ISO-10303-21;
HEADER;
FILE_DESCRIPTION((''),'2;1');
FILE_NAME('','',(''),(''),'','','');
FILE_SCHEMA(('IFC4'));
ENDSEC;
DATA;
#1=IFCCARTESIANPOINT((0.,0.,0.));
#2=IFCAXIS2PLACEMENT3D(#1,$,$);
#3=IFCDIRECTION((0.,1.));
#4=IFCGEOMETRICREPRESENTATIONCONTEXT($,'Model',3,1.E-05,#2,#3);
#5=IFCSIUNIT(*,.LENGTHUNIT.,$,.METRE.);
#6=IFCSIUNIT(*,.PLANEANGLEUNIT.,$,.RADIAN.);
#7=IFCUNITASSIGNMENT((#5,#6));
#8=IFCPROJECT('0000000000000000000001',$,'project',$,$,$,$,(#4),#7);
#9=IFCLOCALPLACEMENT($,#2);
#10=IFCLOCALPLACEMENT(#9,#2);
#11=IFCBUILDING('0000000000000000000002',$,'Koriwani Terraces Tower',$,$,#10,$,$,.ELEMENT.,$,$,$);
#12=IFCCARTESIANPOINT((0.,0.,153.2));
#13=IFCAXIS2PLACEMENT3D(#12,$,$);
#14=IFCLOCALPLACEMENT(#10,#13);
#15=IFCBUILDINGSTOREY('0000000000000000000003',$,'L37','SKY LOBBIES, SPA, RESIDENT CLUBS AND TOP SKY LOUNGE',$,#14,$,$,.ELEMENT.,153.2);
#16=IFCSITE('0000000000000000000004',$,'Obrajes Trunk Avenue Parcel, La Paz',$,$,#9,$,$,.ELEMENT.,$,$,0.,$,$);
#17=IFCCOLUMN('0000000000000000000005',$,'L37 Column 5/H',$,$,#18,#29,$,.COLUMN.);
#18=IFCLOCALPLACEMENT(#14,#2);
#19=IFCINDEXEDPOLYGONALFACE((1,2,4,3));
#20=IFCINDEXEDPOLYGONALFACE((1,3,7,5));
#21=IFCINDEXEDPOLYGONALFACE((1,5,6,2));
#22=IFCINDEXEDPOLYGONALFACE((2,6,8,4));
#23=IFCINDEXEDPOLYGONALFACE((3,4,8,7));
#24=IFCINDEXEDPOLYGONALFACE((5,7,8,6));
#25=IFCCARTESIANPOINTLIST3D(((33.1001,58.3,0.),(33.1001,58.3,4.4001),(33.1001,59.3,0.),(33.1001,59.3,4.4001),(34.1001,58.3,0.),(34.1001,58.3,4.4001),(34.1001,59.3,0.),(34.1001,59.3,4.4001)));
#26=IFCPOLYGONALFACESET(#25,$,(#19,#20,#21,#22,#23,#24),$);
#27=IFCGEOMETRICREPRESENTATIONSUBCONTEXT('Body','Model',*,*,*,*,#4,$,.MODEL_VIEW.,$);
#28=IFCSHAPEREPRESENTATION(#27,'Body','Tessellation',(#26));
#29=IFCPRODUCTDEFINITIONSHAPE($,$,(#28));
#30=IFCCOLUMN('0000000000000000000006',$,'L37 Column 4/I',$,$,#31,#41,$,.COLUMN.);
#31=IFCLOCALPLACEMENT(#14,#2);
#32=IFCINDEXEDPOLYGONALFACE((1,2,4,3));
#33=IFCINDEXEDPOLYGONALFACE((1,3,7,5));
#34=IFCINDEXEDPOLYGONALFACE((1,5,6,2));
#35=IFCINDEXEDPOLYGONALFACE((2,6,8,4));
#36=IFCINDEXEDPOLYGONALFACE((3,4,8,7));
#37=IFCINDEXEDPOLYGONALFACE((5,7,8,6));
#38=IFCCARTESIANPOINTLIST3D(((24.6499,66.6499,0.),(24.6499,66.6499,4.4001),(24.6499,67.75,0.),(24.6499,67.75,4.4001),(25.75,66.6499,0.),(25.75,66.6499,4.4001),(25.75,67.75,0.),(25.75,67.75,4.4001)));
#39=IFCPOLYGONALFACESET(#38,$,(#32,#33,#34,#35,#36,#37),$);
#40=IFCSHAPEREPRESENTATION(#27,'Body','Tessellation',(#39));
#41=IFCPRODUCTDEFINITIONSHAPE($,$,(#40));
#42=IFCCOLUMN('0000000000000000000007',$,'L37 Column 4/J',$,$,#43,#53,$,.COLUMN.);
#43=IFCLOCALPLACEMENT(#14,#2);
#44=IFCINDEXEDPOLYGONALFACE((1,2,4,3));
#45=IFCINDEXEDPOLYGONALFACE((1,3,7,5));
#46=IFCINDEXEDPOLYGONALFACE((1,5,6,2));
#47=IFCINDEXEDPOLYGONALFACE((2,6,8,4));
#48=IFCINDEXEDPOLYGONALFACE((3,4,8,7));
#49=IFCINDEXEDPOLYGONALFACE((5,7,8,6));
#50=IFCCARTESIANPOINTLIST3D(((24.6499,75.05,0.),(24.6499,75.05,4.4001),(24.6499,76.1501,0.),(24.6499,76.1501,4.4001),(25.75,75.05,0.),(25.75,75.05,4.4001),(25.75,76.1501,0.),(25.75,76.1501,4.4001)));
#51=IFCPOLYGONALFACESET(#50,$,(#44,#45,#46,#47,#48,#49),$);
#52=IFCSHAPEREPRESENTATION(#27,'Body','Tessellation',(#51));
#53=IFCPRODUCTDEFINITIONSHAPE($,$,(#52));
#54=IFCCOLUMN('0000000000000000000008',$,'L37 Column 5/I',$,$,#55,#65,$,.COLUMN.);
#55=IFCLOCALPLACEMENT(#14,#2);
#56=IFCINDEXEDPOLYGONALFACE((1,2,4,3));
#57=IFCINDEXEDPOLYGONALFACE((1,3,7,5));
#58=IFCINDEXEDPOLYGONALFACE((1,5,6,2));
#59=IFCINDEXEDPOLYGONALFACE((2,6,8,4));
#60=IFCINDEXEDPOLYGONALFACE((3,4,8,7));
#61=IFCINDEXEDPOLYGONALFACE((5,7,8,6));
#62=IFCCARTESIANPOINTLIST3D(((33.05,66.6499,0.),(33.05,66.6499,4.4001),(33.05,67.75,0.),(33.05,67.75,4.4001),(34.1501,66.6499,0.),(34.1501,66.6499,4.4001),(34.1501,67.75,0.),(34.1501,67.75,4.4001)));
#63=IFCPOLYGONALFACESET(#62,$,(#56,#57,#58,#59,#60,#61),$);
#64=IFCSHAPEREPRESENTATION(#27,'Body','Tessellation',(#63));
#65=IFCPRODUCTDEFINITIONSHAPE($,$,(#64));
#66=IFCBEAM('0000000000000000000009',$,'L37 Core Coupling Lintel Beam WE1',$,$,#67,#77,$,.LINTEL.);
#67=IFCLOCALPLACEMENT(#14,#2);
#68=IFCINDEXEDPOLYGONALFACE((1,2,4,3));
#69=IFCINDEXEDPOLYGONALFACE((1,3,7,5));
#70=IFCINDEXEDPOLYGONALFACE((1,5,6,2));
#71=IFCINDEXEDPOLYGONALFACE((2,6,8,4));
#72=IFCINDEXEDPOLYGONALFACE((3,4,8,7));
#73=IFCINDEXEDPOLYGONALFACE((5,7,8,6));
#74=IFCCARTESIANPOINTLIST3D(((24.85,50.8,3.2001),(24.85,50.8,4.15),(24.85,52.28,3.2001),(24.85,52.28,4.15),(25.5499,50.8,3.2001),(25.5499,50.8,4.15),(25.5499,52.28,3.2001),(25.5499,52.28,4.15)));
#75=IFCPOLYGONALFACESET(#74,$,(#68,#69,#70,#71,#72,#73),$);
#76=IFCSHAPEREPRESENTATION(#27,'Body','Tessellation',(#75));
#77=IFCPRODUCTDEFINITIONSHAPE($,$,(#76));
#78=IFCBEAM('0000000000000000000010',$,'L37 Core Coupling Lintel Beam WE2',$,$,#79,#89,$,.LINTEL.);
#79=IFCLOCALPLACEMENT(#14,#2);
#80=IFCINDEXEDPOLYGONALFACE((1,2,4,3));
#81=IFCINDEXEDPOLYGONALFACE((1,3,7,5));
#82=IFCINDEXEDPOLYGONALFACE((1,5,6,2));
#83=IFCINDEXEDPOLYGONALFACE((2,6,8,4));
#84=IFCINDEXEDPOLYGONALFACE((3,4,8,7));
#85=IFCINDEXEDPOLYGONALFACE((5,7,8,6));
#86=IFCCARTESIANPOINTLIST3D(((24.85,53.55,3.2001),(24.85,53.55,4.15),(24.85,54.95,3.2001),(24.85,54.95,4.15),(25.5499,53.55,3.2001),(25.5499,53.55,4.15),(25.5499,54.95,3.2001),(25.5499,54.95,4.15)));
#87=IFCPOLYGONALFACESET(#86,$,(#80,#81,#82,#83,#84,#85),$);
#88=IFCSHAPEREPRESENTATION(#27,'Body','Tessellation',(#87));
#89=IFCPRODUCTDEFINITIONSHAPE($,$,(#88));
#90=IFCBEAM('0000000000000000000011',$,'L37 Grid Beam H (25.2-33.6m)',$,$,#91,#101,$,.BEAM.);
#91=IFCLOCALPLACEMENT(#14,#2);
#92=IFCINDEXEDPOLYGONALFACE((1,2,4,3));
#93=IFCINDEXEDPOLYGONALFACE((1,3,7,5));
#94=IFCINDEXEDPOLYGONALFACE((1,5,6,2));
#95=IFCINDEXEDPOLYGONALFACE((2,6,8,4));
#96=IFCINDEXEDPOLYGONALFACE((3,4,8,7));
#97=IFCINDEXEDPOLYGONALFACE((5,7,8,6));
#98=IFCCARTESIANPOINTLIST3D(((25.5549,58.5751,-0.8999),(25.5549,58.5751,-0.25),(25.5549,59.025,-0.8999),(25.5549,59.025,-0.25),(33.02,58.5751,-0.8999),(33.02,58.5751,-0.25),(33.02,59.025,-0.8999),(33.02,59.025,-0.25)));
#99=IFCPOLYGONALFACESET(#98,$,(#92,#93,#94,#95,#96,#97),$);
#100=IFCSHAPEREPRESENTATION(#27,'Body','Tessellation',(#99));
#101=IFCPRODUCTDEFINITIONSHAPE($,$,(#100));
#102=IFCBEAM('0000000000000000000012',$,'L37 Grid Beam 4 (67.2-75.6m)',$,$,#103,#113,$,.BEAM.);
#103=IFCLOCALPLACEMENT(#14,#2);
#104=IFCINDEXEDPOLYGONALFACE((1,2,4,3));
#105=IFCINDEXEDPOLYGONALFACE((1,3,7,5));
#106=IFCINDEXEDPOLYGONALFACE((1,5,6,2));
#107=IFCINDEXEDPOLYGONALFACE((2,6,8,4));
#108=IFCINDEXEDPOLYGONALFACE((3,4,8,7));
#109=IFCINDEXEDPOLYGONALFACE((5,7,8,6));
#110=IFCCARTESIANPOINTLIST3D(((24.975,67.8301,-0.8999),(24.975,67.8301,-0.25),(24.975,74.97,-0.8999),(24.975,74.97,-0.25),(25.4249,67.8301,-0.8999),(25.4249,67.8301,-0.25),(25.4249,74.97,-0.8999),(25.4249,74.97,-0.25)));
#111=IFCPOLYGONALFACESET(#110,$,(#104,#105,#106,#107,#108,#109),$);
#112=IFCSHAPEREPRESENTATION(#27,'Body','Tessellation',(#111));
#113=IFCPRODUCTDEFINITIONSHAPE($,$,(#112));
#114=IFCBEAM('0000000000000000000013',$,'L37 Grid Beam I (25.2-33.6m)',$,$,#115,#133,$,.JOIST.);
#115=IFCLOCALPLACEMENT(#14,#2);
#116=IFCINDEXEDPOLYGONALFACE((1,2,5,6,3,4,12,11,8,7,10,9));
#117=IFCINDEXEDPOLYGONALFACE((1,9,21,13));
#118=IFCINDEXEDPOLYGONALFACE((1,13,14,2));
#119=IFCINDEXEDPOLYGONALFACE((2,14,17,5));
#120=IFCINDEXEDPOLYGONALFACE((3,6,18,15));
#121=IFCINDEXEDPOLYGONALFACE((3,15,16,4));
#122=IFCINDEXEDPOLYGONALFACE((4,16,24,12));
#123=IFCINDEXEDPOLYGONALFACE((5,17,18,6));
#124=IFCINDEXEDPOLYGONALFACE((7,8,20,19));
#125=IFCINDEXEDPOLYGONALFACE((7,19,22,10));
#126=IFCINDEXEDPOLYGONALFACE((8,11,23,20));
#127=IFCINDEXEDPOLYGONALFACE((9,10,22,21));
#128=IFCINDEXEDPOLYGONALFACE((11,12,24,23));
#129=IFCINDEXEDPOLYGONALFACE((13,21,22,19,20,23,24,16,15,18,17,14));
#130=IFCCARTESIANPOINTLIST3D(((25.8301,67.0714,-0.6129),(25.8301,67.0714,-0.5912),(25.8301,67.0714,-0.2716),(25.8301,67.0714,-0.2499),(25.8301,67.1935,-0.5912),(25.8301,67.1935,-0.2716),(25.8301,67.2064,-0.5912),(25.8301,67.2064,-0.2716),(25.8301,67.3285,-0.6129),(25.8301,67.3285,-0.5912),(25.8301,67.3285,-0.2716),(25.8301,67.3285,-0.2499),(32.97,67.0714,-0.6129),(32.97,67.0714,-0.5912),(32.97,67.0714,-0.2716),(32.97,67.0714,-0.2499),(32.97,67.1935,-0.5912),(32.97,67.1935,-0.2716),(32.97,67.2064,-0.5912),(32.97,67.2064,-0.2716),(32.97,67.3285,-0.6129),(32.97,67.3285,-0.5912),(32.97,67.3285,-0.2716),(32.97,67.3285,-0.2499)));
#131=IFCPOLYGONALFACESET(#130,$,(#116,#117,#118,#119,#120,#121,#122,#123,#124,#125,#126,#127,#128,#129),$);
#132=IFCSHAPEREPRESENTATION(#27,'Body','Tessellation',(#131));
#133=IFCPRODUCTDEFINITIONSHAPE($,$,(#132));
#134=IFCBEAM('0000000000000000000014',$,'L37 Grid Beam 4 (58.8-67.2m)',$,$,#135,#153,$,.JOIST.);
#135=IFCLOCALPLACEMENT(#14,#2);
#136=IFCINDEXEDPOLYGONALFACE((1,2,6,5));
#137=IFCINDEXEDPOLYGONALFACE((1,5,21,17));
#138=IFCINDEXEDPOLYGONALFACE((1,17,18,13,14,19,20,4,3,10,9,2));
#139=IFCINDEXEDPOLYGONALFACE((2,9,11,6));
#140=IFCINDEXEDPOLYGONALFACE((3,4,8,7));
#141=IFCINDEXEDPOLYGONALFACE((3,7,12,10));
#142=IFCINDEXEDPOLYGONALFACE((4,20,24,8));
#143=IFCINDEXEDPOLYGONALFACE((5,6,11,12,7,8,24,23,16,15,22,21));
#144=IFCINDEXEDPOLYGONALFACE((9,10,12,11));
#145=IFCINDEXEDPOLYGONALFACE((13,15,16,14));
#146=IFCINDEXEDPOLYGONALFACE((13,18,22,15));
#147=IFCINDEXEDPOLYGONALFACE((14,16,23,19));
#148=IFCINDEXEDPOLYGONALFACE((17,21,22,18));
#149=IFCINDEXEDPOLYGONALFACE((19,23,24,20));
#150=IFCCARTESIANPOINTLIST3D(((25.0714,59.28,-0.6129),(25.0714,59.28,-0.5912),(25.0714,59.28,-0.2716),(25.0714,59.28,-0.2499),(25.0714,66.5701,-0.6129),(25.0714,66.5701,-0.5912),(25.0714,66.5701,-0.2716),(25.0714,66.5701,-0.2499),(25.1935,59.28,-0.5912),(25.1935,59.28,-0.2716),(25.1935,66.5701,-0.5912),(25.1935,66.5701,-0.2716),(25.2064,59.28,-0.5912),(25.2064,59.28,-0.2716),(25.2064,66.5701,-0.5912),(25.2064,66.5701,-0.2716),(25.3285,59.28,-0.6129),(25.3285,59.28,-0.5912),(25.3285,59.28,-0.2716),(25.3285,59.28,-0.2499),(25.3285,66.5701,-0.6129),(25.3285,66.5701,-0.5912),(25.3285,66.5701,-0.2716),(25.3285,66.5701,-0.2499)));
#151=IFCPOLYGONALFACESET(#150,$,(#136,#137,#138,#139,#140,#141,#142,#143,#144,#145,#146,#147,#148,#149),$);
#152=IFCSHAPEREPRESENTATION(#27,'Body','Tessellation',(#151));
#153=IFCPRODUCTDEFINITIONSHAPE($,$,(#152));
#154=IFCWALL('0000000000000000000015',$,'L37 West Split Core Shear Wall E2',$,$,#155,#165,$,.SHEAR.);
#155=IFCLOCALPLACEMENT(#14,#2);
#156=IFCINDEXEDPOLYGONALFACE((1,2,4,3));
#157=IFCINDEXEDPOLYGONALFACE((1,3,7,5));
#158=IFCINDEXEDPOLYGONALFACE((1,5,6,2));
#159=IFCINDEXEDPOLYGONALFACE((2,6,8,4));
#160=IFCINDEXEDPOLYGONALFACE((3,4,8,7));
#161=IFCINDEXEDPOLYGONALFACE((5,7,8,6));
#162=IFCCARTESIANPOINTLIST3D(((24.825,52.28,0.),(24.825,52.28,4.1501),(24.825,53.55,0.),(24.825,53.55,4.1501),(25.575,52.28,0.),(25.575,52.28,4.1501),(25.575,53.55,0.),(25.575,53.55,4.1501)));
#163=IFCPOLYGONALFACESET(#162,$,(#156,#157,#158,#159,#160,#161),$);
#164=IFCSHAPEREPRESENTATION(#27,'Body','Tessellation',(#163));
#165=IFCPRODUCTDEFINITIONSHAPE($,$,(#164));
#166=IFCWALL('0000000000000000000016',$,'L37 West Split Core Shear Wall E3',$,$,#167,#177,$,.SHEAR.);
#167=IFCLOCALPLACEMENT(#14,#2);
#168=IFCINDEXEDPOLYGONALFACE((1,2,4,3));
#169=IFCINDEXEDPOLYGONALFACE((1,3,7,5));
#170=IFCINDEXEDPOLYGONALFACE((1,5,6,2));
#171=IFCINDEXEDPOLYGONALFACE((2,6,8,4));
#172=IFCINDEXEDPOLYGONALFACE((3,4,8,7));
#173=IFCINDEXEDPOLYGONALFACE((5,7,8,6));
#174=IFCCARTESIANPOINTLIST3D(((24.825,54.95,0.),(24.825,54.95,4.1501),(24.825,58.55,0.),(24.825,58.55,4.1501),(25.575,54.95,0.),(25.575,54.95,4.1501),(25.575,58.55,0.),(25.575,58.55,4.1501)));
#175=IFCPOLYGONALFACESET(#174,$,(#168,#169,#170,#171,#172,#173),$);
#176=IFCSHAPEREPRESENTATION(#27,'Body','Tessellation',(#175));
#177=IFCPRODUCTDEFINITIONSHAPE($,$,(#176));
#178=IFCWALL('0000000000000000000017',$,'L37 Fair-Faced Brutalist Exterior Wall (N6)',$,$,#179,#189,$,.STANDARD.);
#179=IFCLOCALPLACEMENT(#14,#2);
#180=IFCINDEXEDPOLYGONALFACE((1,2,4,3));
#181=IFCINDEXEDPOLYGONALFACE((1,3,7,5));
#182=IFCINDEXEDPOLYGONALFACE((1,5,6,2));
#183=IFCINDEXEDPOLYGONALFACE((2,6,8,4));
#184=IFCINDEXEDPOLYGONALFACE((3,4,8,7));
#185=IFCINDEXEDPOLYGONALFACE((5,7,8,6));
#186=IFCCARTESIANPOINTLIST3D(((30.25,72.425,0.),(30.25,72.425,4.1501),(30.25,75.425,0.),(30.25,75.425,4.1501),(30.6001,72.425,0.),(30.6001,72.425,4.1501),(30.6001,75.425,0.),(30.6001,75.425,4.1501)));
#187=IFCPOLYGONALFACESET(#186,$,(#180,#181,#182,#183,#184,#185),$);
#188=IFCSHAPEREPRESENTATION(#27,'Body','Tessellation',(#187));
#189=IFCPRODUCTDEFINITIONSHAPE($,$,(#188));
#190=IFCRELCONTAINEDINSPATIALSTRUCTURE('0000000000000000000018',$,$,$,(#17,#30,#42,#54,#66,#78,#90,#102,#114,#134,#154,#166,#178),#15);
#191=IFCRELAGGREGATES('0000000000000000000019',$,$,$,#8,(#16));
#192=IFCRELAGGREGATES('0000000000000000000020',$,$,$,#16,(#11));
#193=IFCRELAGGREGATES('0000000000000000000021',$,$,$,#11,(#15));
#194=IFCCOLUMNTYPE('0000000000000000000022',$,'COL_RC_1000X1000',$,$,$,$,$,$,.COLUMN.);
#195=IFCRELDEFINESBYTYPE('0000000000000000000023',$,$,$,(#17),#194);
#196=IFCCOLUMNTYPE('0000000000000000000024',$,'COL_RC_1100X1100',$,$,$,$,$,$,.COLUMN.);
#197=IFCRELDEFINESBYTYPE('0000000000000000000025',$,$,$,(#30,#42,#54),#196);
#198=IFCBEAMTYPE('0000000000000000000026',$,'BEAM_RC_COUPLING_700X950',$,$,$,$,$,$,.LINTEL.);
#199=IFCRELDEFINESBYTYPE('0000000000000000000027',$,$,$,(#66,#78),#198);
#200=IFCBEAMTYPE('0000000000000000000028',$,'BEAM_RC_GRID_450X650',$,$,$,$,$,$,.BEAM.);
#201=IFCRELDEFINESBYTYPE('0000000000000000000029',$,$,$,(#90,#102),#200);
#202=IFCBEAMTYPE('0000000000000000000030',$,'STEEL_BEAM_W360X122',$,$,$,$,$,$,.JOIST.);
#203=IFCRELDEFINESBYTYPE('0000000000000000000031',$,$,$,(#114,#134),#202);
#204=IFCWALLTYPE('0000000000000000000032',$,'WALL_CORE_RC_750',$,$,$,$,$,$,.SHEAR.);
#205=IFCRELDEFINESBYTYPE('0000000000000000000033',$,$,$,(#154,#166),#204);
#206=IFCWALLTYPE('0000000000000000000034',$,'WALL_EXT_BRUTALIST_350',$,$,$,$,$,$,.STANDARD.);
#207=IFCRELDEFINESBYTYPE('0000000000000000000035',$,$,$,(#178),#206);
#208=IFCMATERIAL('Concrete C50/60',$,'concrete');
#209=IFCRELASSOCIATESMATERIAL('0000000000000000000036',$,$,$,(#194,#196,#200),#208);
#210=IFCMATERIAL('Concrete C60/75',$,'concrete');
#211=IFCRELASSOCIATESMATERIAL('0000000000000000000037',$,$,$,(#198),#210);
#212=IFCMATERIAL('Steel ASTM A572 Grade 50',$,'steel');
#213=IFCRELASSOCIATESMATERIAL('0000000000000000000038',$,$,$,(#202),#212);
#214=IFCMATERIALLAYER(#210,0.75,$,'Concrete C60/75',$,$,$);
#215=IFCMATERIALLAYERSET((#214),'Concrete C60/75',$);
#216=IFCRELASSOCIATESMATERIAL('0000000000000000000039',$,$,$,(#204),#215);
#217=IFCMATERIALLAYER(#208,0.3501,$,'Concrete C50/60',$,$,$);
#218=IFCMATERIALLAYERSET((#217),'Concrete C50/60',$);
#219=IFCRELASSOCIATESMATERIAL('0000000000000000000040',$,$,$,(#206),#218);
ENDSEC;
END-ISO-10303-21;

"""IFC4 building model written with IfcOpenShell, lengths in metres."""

from ifc_helpers import new_model, si_unit, direction, frame, frame_2d, origin, origin_2d, place, context, subcontext, project, spatial, rectangle, i_section, extrude, material, layer, layer_set, material_profile, profile_set, type_object, element, save


model = new_model("IFC4")

# Units and contexts
model_context = context("Model", 3, precision=1e-05, world=origin(), true_north=direction((0.0, 1.0)))
body_context = subcontext(model_context, "Body", "Model", "MODEL_VIEW")
ifc_project = project(units=[si_unit("LENGTHUNIT", "METRE"), si_unit("PLANEANGLEUNIT", "RADIAN")], contexts=[model_context])

# Site, building, storey
site_placement = place(None, origin())
site = spatial("IfcSite", under=ifc_project, at=site_placement, Name="Obrajes Trunk Avenue Parcel, La Paz", CompositionType="ELEMENT", RefElevation=0.0)
building_placement = place(site_placement, origin())
building = spatial("IfcBuilding", under=site, at=building_placement, Name="Koriwani Terraces Tower", CompositionType="ELEMENT")
storey_placement = place(building_placement, frame((0.0, 0.0, 153.2)))
storey = spatial("IfcBuildingStorey", under=building, at=storey_placement, Name="L37", Description="SKY LOBBIES, SPA, RESIDENT CLUBS AND TOP SKY LOUNGE", CompositionType="ELEMENT", Elevation=153.2)

# Columns
ifc_material_1 = material(Name="Concrete C50/60", Category="concrete")
ifc_material_profile_1 = material_profile(ifc_material_1, rectangle(XDim=1.0, YDim=1.0, at=origin_2d()), Name="Concrete C50/60", Category="LoadBearing")
ifc_profile_set_1 = profile_set([ifc_material_profile_1], Name="Concrete C50/60")
column_type_1 = type_object("IfcColumnType", Name="COL_RC_1000X1000", PredefinedType="COLUMN", material=ifc_profile_set_1)
column_placement = place(storey_placement, frame((33.6001, 58.8, 0.0), z_axis=(0.0, 0.0, 1.0), x_axis=(1.0, 0.0, 0.0)))
element("IfcColumn", 1, at=column_placement, inside=storey, type_object=column_type_1, Name="L37 Column 5/H", PredefinedType="COLUMN", context=body_context, shape_type="SweptSolid", body=[
    extrude(rectangle(XDim=1.0, YDim=1.0, at=origin_2d()), origin(), (0.0, 0.0, 1.0), 4.4001),
])
ifc_material_profile_2 = material_profile(ifc_material_1, rectangle(XDim=1.1001, YDim=1.1001, at=origin_2d()), Name="Concrete C50/60", Category="LoadBearing")
ifc_profile_set_2 = profile_set([ifc_material_profile_2], Name="Concrete C50/60")
column_type_2 = type_object("IfcColumnType", Name="COL_RC_1100X1100", PredefinedType="COLUMN", material=ifc_profile_set_2)
for number, where, z_axis, x_axis, name in (
    (2, (25.2, 67.2, 0.0), (0.0, 0.0, 1.0), (1.0, 0.0, 0.0), "L37 Column 4/I"),
    (3, (25.2, 75.6001, 0.0), (0.0, 0.0, 1.0), (1.0, 0.0, 0.0), "L37 Column 4/J"),
    (4, (33.6001, 67.2, 0.0), (0.0, 0.0, 1.0), (1.0, 0.0, 0.0), "L37 Column 5/I"),
):
    element("IfcColumn", number, at=place(storey_placement, frame(where, z_axis=z_axis, x_axis=x_axis)), inside=storey, type_object=column_type_2, Name=name, PredefinedType="COLUMN", context=body_context, shape_type="SweptSolid", body=[
        extrude(rectangle(XDim=1.1001, YDim=1.1001, at=origin_2d()), origin(), (0.0, 0.0, 1.0), 4.4001),
    ])

# Beams
ifc_material_2 = material(Name="Concrete C60/75", Category="concrete")
ifc_material_profile_3 = material_profile(ifc_material_2, rectangle(XDim=0.7, YDim=0.95, at=origin_2d()), Name="Concrete C60/75", Category="LoadBearing")
ifc_profile_set_3 = profile_set([ifc_material_profile_3], Name="Concrete C60/75")
beam_type_1 = type_object("IfcBeamType", Name="BEAM_RC_COUPLING_700X950", PredefinedType="LINTEL", material=ifc_profile_set_3)
beam_1_placement = place(storey_placement, frame((25.2, 50.8, 3.675), z_axis=(0.0, 1.0, 0.0), x_axis=(-1.0, 0.0, 0.0)))
element("IfcBeam", 5, at=beam_1_placement, inside=storey, type_object=beam_type_1, Name="L37 Core Coupling Lintel Beam WE1", PredefinedType="LINTEL", context=body_context, shape_type="SweptSolid", body=[
    extrude(rectangle(XDim=0.7, YDim=0.95, at=origin_2d()), origin(), (0.0, 0.0, 1.0), 1.48),
])
beam_2_placement = place(storey_placement, frame((25.2, 53.55, 3.675), z_axis=(0.0, 1.0, 0.0), x_axis=(-1.0, 0.0, 0.0)))
element("IfcBeam", 6, at=beam_2_placement, inside=storey, type_object=beam_type_1, Name="L37 Core Coupling Lintel Beam WE2", PredefinedType="LINTEL", context=body_context, shape_type="SweptSolid", body=[
    extrude(rectangle(XDim=0.7, YDim=0.95, at=origin_2d()), origin(), (0.0, 0.0, 1.0), 1.3999),
])
ifc_material_profile_4 = material_profile(ifc_material_1, rectangle(XDim=0.45, YDim=0.6499, at=origin_2d()), Name="Concrete C50/60", Category="LoadBearing")
ifc_profile_set_4 = profile_set([ifc_material_profile_4], Name="Concrete C50/60")
beam_type_2 = type_object("IfcBeamType", Name="BEAM_RC_GRID_450X650", PredefinedType="BEAM", material=ifc_profile_set_4)
beam_3_placement = place(storey_placement, frame((25.5549, 58.8, -0.575), z_axis=(1.0, 0.0, 0.0), x_axis=(0.0, 1.0, 0.0)))
element("IfcBeam", 7, at=beam_3_placement, inside=storey, type_object=beam_type_2, Name="L37 Grid Beam H (25.2-33.6m)", PredefinedType="BEAM", context=body_context, shape_type="SweptSolid", body=[
    extrude(rectangle(XDim=0.45, YDim=0.6499, at=origin_2d()), origin(), (0.0, 0.0, 1.0), 7.4651),
])
beam_4_placement = place(storey_placement, frame((25.2, 67.8301, -0.575), z_axis=(0.0, 1.0, 0.0), x_axis=(-1.0, 0.0, 0.0)))
element("IfcBeam", 8, at=beam_4_placement, inside=storey, type_object=beam_type_2, Name="L37 Grid Beam 4 (67.2-75.6m)", PredefinedType="BEAM", context=body_context, shape_type="SweptSolid", body=[
    extrude(rectangle(XDim=0.45, YDim=0.6499, at=origin_2d()), origin(), (0.0, 0.0, 1.0), 7.1399),
])
ifc_material_3 = material(Name="Steel ASTM A572 Grade 50", Category="steel")
ifc_material_profile_5 = material_profile(ifc_material_3, i_section(OverallWidth=0.2571, OverallDepth=0.363, WebThickness=0.0129, FlangeThickness=0.0217, at=origin_2d()), Name="Steel ASTM A572 Grade 50", Category="LoadBearing")
ifc_profile_set_5 = profile_set([ifc_material_profile_5], Name="Steel ASTM A572 Grade 50")
beam_type_3 = type_object("IfcBeamType", Name="STEEL_BEAM_W360X122", PredefinedType="JOIST", material=ifc_profile_set_5)
beam_5_placement = place(storey_placement, frame((25.8301, 67.2, -0.4314), z_axis=(1.0, 0.0, 0.0), x_axis=(0.0, 1.0, 0.0)))
element("IfcBeam", 9, at=beam_5_placement, inside=storey, type_object=beam_type_3, Name="L37 Grid Beam I (25.2-33.6m)", PredefinedType="JOIST", context=body_context, shape_type="SweptSolid", body=[
    extrude(i_section(OverallWidth=0.2571, OverallDepth=0.363, WebThickness=0.0129, FlangeThickness=0.0217, at=origin_2d()), origin(), (0.0, 0.0, 1.0), 7.1399),
])
beam_6_placement = place(storey_placement, frame((25.2, 59.28, -0.4314), z_axis=(0.0, 1.0, 0.0), x_axis=(-1.0, 0.0, 0.0)))
element("IfcBeam", 10, at=beam_6_placement, inside=storey, type_object=beam_type_3, Name="L37 Grid Beam 4 (58.8-67.2m)", PredefinedType="JOIST", context=body_context, shape_type="SweptSolid", body=[
    extrude(i_section(OverallWidth=0.2571, OverallDepth=0.363, WebThickness=0.0129, FlangeThickness=0.0217, at=origin_2d()), origin(), (0.0, 0.0, 1.0), 7.29),
])

# Walls
ifc_layer_1 = layer(ifc_material_2, 0.75, Name="Concrete C60/75")
ifc_layer_set_1 = layer_set([ifc_layer_1], Name="Concrete C60/75")
wall_type_1 = type_object("IfcWallType", Name="WALL_CORE_RC_750", PredefinedType="SHEAR", material=ifc_layer_set_1)
wall_1_placement = place(storey_placement, frame((25.2, 52.28, 0.0), z_axis=(0.0, 0.0, 1.0), x_axis=(0.0, 1.0, 0.0)))
element("IfcWall", 11, at=wall_1_placement, inside=storey, type_object=wall_type_1, Name="L37 West Split Core Shear Wall E2", PredefinedType="SHEAR", context=body_context, shape_type="SweptSolid", body=[
    extrude(rectangle(XDim=1.27, YDim=0.75, at=frame_2d((0.635, 0.0))), origin(), (0.0, 0.0, 1.0), 4.1501),
])
wall_2_placement = place(storey_placement, frame((25.2, 54.95, 0.0), z_axis=(0.0, 0.0, 1.0), x_axis=(0.0, 1.0, 0.0)))
element("IfcWall", 12, at=wall_2_placement, inside=storey, type_object=wall_type_1, Name="L37 West Split Core Shear Wall E3", PredefinedType="SHEAR", context=body_context, shape_type="SweptSolid", body=[
    extrude(rectangle(XDim=3.6001, YDim=0.75, at=frame_2d((1.8, 0.0))), origin(), (0.0, 0.0, 1.0), 4.1501),
])
ifc_layer_2 = layer(ifc_material_1, 0.3501, Name="Concrete C50/60")
ifc_layer_set_2 = layer_set([ifc_layer_2], Name="Concrete C50/60")
wall_type_2 = type_object("IfcWallType", Name="WALL_EXT_BRUTALIST_350", PredefinedType="STANDARD", material=ifc_layer_set_2)
for number, where, z_axis, x_axis, name in (
    (13, (30.425, 75.425, 0.0), (0.0, 0.0, 1.0), (0.0, -1.0, 0.0), "L37 Fair-Faced Brutalist Exterior Wall (N6)"),
):
    element("IfcWall", number, at=place(storey_placement, frame(where, z_axis=z_axis, x_axis=x_axis)), inside=storey, type_object=wall_type_2, Name=name, PredefinedType="STANDARD", context=body_context, shape_type="SweptSolid", body=[
        extrude(rectangle(XDim=3.0, YDim=0.3501, at=frame_2d((1.5, 0.0))), origin(), (0.0, 0.0, 1.0), 4.1501),
    ])

save(model, "model.ifc")
